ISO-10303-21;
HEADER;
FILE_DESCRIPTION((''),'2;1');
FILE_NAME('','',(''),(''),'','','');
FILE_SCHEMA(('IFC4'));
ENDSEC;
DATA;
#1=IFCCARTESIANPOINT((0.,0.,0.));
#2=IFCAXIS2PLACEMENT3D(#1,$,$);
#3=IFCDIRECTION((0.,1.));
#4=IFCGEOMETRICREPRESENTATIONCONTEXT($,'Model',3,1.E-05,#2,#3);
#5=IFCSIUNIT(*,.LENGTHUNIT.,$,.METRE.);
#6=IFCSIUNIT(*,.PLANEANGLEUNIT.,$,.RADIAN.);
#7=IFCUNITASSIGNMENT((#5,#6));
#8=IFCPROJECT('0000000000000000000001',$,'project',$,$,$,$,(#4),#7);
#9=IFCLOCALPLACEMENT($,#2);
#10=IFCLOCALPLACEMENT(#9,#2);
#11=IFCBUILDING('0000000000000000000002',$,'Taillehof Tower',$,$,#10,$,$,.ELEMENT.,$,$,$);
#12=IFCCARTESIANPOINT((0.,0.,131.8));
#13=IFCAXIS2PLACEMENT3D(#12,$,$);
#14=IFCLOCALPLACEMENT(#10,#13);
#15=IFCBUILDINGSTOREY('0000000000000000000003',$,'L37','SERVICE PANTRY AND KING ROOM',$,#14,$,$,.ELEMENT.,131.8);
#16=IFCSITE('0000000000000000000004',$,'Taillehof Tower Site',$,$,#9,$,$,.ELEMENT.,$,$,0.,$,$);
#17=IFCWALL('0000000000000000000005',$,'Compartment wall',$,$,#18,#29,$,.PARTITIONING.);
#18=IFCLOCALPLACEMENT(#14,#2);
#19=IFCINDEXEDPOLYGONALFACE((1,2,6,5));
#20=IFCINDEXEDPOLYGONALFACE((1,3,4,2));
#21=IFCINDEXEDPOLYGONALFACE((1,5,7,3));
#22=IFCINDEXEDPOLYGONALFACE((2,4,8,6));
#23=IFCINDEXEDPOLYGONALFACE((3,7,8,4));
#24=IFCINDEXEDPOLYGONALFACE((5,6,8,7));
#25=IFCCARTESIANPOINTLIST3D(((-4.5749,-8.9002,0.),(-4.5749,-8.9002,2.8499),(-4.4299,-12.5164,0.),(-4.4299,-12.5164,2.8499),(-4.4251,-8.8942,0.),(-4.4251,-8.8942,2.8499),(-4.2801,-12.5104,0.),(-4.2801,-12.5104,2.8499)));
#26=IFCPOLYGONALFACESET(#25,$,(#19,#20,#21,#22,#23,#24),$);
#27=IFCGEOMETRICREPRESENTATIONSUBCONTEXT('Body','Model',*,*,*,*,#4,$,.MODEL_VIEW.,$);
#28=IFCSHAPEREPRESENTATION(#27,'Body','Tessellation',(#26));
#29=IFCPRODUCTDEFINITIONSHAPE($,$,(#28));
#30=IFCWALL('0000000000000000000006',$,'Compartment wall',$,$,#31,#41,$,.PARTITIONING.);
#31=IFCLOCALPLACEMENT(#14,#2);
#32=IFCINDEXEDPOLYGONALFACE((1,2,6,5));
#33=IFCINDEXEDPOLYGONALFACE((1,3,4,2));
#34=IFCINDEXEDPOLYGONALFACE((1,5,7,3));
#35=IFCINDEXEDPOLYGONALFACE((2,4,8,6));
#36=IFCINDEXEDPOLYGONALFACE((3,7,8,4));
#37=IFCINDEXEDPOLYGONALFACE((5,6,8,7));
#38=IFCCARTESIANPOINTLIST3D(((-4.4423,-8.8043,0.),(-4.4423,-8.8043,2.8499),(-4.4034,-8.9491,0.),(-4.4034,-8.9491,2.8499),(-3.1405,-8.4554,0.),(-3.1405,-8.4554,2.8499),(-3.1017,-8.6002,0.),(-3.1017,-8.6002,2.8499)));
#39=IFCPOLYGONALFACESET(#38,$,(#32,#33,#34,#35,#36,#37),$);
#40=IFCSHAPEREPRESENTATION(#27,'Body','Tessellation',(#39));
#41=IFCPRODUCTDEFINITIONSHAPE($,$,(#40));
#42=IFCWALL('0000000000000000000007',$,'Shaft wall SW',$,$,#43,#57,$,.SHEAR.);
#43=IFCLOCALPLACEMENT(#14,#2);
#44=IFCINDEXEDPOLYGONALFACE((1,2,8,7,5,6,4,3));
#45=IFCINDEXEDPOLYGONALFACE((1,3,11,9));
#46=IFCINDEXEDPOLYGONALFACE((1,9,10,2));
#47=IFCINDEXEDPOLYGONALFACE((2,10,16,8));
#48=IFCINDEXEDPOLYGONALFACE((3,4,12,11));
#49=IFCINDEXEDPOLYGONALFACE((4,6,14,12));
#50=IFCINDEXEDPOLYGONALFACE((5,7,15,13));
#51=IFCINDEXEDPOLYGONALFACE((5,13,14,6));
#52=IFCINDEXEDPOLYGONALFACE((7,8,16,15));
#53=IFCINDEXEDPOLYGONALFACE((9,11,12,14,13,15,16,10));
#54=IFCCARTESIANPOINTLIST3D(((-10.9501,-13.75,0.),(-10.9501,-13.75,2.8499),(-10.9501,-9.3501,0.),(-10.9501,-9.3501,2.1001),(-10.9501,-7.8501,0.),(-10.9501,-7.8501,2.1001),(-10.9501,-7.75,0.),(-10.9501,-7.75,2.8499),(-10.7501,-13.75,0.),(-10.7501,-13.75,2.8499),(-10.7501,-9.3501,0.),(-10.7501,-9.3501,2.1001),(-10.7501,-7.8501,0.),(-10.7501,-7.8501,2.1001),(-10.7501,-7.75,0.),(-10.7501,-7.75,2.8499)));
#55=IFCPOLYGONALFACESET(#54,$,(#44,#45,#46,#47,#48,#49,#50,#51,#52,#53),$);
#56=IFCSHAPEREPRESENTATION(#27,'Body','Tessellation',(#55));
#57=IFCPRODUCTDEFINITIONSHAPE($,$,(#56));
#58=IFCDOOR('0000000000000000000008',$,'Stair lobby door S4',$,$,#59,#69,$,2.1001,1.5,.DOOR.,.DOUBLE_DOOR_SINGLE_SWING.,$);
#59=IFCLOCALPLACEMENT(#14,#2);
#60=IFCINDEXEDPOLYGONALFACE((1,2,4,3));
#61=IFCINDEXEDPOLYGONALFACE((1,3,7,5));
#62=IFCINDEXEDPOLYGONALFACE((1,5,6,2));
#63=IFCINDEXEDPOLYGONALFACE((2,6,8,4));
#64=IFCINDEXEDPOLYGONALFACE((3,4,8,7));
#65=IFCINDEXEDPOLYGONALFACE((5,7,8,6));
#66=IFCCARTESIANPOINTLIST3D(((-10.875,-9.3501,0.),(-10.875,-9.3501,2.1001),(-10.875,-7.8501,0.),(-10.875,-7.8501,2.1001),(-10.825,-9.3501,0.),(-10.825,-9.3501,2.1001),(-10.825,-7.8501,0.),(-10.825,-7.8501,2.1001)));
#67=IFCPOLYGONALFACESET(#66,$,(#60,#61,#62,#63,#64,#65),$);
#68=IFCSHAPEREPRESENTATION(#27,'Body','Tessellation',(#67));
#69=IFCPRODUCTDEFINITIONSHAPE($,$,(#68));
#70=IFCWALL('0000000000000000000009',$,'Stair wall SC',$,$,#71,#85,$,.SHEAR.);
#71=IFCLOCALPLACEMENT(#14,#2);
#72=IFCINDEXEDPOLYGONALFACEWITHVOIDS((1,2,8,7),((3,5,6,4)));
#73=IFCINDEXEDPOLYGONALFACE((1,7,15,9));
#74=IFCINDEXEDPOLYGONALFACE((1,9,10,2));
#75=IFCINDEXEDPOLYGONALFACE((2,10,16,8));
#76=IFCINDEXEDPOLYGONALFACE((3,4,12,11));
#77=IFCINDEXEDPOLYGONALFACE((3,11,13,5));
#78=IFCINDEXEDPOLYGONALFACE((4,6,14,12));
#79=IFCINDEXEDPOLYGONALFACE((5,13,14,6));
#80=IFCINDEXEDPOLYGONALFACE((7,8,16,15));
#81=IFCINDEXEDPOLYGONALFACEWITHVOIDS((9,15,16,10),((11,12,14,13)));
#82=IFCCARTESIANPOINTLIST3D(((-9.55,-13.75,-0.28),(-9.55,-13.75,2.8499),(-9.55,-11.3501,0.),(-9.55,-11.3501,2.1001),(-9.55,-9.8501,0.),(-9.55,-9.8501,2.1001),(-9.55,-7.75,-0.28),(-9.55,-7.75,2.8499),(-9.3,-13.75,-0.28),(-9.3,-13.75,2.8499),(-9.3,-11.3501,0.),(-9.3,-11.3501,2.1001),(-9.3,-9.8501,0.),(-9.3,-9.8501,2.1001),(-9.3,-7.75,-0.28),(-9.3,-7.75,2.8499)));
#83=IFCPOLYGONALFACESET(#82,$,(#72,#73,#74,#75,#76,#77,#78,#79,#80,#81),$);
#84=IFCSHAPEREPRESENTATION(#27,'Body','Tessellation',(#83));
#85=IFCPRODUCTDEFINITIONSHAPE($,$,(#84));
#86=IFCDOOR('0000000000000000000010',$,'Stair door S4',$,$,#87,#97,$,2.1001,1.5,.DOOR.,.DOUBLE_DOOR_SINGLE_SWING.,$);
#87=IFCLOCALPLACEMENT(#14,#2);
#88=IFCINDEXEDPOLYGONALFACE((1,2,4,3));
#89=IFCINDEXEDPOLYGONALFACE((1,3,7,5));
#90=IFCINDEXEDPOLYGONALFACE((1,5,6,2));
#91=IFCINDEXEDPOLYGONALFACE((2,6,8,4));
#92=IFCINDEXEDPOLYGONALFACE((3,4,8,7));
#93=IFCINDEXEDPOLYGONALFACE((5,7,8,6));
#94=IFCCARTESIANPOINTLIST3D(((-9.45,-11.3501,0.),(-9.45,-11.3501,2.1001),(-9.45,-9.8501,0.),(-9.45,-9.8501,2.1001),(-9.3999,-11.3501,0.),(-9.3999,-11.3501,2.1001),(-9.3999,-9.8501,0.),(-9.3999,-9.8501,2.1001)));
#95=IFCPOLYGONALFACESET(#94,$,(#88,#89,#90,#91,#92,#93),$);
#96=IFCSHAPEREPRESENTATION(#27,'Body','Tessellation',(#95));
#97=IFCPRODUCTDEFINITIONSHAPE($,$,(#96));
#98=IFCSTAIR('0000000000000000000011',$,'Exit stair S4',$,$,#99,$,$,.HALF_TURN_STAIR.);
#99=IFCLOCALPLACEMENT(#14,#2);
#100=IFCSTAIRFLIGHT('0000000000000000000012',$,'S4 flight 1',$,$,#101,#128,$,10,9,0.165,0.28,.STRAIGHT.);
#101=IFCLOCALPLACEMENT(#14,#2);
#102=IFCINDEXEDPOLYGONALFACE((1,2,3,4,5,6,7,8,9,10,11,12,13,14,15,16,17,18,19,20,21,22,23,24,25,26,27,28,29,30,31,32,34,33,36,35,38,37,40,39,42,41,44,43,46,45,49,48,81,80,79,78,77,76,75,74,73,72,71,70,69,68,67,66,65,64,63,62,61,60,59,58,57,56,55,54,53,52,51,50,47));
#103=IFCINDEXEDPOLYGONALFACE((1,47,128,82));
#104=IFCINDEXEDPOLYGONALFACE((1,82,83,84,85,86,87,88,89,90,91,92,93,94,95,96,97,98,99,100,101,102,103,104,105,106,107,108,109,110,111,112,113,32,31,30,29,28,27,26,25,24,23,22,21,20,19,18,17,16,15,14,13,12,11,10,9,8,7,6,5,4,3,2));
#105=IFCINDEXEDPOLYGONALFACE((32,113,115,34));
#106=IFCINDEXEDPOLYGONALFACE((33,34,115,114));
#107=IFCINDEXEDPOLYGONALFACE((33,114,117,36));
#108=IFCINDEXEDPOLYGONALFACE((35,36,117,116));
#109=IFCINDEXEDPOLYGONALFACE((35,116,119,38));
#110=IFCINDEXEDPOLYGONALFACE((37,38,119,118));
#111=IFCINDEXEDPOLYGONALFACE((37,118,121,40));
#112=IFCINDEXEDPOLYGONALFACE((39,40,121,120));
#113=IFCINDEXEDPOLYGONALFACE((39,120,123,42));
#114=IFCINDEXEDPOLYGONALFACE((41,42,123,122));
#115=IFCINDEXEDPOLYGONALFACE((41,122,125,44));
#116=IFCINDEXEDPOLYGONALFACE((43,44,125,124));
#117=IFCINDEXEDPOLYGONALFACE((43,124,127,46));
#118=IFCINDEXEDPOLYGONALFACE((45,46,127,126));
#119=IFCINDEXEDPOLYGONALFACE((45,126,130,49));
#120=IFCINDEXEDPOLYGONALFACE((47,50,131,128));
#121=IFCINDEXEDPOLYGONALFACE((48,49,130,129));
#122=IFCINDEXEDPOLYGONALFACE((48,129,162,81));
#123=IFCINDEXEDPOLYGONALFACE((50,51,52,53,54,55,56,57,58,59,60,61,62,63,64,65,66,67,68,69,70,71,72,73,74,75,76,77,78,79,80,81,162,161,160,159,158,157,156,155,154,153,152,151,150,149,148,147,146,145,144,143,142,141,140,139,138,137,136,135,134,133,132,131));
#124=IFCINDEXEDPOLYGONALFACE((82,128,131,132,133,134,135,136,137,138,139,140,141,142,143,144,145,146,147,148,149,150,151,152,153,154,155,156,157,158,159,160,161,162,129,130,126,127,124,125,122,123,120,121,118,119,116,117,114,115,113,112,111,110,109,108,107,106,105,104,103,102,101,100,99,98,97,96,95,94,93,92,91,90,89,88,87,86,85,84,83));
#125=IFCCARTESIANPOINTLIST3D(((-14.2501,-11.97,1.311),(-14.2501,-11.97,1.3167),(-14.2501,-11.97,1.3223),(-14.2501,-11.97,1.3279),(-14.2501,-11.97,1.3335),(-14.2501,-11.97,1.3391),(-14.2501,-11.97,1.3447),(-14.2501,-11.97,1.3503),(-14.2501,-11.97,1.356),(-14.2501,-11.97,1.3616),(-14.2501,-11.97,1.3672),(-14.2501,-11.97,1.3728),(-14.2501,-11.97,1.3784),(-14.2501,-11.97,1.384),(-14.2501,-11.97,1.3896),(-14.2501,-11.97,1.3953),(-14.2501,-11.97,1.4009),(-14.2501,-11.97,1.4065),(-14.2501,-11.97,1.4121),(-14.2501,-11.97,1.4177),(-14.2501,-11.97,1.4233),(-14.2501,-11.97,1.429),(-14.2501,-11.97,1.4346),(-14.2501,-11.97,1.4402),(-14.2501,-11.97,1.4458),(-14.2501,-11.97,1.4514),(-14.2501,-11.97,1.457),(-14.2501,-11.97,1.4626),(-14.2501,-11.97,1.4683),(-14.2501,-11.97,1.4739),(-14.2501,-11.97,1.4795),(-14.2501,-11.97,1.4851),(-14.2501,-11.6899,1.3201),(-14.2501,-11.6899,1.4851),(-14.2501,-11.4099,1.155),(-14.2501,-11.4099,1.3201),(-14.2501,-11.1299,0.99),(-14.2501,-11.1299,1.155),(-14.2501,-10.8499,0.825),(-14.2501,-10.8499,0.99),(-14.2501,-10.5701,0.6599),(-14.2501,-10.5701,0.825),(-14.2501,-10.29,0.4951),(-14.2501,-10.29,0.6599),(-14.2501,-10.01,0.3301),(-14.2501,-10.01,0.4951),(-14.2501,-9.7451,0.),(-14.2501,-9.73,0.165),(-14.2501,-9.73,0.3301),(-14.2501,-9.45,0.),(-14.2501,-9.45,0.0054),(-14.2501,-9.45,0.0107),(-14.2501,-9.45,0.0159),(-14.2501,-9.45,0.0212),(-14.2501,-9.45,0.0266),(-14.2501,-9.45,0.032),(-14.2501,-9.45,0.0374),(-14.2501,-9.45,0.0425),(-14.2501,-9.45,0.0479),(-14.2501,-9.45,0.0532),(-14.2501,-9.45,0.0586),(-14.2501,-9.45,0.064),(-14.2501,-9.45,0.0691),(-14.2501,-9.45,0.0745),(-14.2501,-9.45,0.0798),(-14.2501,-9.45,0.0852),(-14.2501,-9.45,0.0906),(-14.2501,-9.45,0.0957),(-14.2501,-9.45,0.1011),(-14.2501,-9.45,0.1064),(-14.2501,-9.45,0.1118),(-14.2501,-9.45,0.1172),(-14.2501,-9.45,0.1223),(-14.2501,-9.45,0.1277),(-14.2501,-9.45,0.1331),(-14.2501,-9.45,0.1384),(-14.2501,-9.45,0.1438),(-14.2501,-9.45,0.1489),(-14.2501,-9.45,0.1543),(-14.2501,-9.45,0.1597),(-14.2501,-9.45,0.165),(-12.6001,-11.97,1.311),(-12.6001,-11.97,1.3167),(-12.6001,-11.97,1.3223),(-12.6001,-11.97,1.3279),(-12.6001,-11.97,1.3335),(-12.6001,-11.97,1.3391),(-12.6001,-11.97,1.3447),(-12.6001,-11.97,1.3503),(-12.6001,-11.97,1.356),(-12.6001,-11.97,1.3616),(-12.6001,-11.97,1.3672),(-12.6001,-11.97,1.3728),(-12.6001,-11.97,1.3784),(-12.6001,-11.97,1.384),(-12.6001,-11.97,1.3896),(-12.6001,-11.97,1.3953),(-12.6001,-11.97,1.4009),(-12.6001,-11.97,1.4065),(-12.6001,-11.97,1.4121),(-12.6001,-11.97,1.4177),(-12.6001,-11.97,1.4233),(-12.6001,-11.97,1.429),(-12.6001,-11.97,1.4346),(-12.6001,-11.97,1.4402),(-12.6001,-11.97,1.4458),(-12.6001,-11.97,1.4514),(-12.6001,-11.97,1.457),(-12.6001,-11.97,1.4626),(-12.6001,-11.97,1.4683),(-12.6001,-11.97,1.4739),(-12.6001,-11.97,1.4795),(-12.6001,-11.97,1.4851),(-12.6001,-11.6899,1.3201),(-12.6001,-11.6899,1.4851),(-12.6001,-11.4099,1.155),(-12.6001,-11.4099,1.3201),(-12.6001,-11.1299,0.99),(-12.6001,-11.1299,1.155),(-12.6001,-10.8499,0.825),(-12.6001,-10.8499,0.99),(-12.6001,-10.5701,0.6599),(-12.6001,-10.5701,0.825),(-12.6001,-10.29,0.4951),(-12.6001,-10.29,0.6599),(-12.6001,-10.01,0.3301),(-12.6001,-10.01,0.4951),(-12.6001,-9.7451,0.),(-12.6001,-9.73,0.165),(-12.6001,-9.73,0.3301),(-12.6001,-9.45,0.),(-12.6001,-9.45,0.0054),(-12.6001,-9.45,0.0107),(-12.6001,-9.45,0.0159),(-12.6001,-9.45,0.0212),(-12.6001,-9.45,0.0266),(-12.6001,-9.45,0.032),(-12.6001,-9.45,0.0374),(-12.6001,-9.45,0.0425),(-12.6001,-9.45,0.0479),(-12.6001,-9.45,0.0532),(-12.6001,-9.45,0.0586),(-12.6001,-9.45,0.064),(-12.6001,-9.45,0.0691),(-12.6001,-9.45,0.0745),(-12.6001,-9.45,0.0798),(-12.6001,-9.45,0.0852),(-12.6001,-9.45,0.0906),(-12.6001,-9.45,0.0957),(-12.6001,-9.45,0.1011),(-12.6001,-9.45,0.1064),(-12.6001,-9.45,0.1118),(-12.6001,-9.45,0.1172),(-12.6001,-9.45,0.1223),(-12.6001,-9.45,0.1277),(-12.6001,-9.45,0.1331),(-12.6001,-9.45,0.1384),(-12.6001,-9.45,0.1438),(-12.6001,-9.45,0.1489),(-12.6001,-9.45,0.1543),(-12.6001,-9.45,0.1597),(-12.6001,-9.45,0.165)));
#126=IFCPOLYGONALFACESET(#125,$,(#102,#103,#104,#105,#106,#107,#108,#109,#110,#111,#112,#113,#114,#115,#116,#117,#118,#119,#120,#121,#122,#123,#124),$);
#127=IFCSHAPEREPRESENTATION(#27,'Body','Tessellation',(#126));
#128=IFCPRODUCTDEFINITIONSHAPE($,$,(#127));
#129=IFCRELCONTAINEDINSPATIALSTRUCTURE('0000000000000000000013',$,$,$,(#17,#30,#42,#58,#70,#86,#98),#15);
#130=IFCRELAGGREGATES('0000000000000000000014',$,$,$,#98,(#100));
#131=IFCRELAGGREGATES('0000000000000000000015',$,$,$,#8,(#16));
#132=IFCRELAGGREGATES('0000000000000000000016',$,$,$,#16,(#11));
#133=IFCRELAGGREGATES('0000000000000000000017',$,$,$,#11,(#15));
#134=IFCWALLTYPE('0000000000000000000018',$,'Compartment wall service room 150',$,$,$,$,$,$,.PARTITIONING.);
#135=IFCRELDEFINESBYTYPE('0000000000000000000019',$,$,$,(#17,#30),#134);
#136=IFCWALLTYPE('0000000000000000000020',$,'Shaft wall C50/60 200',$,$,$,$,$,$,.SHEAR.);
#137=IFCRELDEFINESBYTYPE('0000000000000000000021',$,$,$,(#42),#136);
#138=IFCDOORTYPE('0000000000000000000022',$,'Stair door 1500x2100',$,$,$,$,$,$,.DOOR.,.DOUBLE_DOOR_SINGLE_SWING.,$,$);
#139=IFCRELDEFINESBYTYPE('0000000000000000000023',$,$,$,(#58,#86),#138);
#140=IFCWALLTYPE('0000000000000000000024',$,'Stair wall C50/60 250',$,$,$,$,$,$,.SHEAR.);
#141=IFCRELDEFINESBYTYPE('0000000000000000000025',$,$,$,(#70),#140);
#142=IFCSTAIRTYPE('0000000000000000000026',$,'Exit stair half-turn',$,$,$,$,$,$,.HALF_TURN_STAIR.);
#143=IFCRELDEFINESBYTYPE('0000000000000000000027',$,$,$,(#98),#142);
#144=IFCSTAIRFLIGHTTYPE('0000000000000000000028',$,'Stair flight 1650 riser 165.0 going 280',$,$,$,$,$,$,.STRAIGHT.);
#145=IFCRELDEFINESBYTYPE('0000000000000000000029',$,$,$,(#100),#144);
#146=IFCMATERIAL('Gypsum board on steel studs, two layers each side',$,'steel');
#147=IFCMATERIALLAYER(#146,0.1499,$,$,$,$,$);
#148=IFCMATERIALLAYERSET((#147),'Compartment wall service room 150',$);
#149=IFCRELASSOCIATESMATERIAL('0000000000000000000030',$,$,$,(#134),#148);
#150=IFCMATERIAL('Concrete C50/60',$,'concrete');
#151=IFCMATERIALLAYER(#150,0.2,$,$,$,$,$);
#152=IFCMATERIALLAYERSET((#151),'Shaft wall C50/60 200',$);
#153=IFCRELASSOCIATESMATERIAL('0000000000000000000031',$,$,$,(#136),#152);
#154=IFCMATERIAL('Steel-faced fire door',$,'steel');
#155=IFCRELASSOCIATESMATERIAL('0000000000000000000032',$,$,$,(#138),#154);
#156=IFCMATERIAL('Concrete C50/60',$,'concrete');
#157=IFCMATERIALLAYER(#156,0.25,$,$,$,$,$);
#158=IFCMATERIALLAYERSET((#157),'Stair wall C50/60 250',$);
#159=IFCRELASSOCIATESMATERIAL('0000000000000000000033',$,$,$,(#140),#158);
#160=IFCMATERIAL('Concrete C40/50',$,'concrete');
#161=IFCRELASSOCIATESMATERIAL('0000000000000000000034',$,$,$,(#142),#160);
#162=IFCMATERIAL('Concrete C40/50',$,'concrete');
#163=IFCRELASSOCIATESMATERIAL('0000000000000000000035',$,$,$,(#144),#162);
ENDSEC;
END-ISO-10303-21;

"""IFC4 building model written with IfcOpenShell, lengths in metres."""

from ifc_helpers import new_model, si_unit, direction, frame, frame_2d, origin, place, context, subcontext, project, spatial, polyline, rectangle, outline, extrude, material, layer, layer_set, type_object, element, fill, aggregate, save


model = new_model("IFC4")

# Units and contexts
model_context = context("Model", 3, precision=1e-05, world=origin(), true_north=direction((0.0, 1.0)))
body_context = subcontext(model_context, "Body", "Model", "MODEL_VIEW")
ifc_project = project(units=[si_unit("LENGTHUNIT", "METRE"), si_unit("PLANEANGLEUNIT", "RADIAN")], contexts=[model_context])

# Site, building, storey
site_placement = place(None, origin())
site = spatial("IfcSite", under=ifc_project, at=site_placement, Name="Taillehof Tower Site", CompositionType="ELEMENT", RefElevation=0.0)
building_placement = place(site_placement, origin())
building = spatial("IfcBuilding", under=site, at=building_placement, Name="Taillehof Tower", CompositionType="ELEMENT")
storey_placement = place(building_placement, frame((0.0, 0.0, 131.8)))
storey = spatial("IfcBuildingStorey", under=building, at=storey_placement, Name="L37", Description="SERVICE PANTRY AND KING ROOM", CompositionType="ELEMENT", Elevation=131.8)

# Walls
ifc_material_1 = material(Name="Gypsum board on steel studs, two layers each side", Category="steel")
ifc_layer_1 = layer(ifc_material_1, 0.1499)
ifc_layer_set_1 = layer_set([ifc_layer_1], Name="Compartment wall service room 150")
wall_type_1 = type_object("IfcWallType", Name="Compartment wall service room 150", PredefinedType="PARTITIONING", material=ifc_layer_set_1)
wall_1_placement = place(storey_placement, frame((-4.355, -12.5134, 0.0), z_axis=(0.0, 0.0, 1.0), x_axis=(-0.04007, 0.999197, 0.0)))
element("IfcWall", 1, at=wall_1_placement, inside=storey, type_object=wall_type_1, Name="Compartment wall", PredefinedType="PARTITIONING", context=body_context, shape_type="SweptSolid", body=[
    extrude(rectangle(XDim=3.6191, YDim=0.1499, at=frame_2d((1.8096, 0.0))), origin(), (0.0, 0.0, 1.0), 2.8499),
])
wall_2_placement = place(storey_placement, frame((-4.4229, -8.8767, 0.0), z_axis=(0.0, 0.0, 1.0), x_axis=(0.965912, 0.258869, 0.0)))
element("IfcWall", 2, at=wall_2_placement, inside=storey, type_object=wall_type_1, Name="Compartment wall", PredefinedType="PARTITIONING", context=body_context, shape_type="SweptSolid", body=[
    extrude(rectangle(XDim=1.3477, YDim=0.1499, at=frame_2d((0.6738, 0.0))), origin(), (0.0, 0.0, 1.0), 2.8499),
])

# Walls, openings, doors
ifc_material_2 = material(Name="Concrete C50/60", Category="concrete")
ifc_layer_2 = layer(ifc_material_2, 0.2)
ifc_layer_set_2 = layer_set([ifc_layer_2], Name="Shaft wall C50/60 200")
wall_type_2 = type_object("IfcWallType", Name="Shaft wall C50/60 200", PredefinedType="SHEAR", material=ifc_layer_set_2)
wall_3_placement = place(storey_placement, frame((-10.8501, -13.75, 0.0), z_axis=(0.0, 0.0, 1.0), x_axis=(0.0, 1.0, 0.0)))
wall_3 = element("IfcWall", 3, at=wall_3_placement, inside=storey, type_object=wall_type_2, Name="Shaft wall SW", PredefinedType="SHEAR", context=body_context, shape_type="SweptSolid", body=[
    extrude(rectangle(XDim=6.0, YDim=0.2, at=frame_2d((3.0, 0.0))), origin(), (0.0, 0.0, 1.0), 2.8499),
])
opening_1_placement = place(wall_3_placement, frame((4.3999, 0.0, 0.0)))
opening_1 = element("IfcOpeningElement", 4, at=opening_1_placement, cuts=wall_3, PredefinedType="OPENING", context=body_context, shape_type="SweptSolid", body=[
    extrude(rectangle(XDim=1.5, YDim=2.1001, at=frame_2d((0.75, 1.05))), frame((0.0, 0.1099, 0.0), z_axis=(0.0, -1.0, 0.0), x_axis=(1.0, 0.0, 0.0)), (0.0, 0.0, 1.0), 0.22),
])
ifc_material_3 = material(Name="Steel-faced fire door", Category="steel")
door_type = type_object("IfcDoorType", Name="Stair door 1500x2100", OperationType="DOUBLE_DOOR_SINGLE_SWING", PredefinedType="DOOR", material=ifc_material_3)
door_1_placement = place(opening_1_placement, origin())
door_1 = element("IfcDoor", 5, at=door_1_placement, inside=storey, type_object=door_type, Name="Stair lobby door S4", OperationType="DOUBLE_DOOR_SINGLE_SWING", OverallHeight=2.1001, OverallWidth=1.5, PredefinedType="DOOR", context=body_context, shape_type="SweptSolid", body=[
    extrude(rectangle(XDim=1.5, YDim=2.1001, at=frame_2d((0.75, 1.05))), frame((0.0, 0.0249, 0.0), z_axis=(0.0, -1.0, 0.0), x_axis=(1.0, 0.0, 0.0)), (0.0, 0.0, 1.0), 0.05),
])
fill(opening_1, door_1)
ifc_material_4 = material(Name="Concrete C50/60", Category="concrete")
ifc_layer_3 = layer(ifc_material_4, 0.25)
ifc_layer_set_3 = layer_set([ifc_layer_3], Name="Stair wall C50/60 250")
wall_type_3 = type_object("IfcWallType", Name="Stair wall C50/60 250", PredefinedType="SHEAR", material=ifc_layer_set_3)
wall_4_placement = place(storey_placement, frame((-9.425, -13.75, -0.28), z_axis=(0.0, 0.0, 1.0), x_axis=(0.0, 1.0, 0.0)))
wall_4 = element("IfcWall", 6, at=wall_4_placement, inside=storey, type_object=wall_type_3, Name="Stair wall SC", PredefinedType="SHEAR", context=body_context, shape_type="SweptSolid", body=[
    extrude(rectangle(XDim=6.0, YDim=0.25, at=frame_2d((3.0, 0.0))), origin(), (0.0, 0.0, 1.0), 3.1299),
])
opening_2_placement = place(wall_4_placement, frame((2.3999, 0.0, 0.28)))
opening_2 = element("IfcOpeningElement", 7, at=opening_2_placement, cuts=wall_4, PredefinedType="OPENING", context=body_context, shape_type="SweptSolid", body=[
    extrude(rectangle(XDim=1.5, YDim=2.1001, at=frame_2d((0.75, 1.05))), frame((0.0, 0.135, 0.0), z_axis=(0.0, -1.0, 0.0), x_axis=(1.0, 0.0, 0.0)), (0.0, 0.0, 1.0), 0.27),
])
door_2_placement = place(opening_2_placement, origin())
door_2 = element("IfcDoor", 8, at=door_2_placement, inside=storey, type_object=door_type, Name="Stair door S4", OperationType="DOUBLE_DOOR_SINGLE_SWING", OverallHeight=2.1001, OverallWidth=1.5, PredefinedType="DOOR", context=body_context, shape_type="SweptSolid", body=[
    extrude(rectangle(XDim=1.5, YDim=2.1001, at=frame_2d((0.75, 1.05))), frame((0.0, 0.0249, 0.0), z_axis=(0.0, -1.0, 0.0), x_axis=(1.0, 0.0, 0.0)), (0.0, 0.0, 1.0), 0.05),
])
fill(opening_2, door_2)

# Stair, stair flight
ifc_material_5 = material(Name="Concrete C40/50", Category="concrete")
stair_type = type_object("IfcStairType", Name="Exit stair half-turn", PredefinedType="HALF_TURN_STAIR", material=ifc_material_5)
stair_placement = place(storey_placement, origin())
stair = element("IfcStair", 9, at=stair_placement, inside=storey, type_object=stair_type, Name="Exit stair S4", PredefinedType="HALF_TURN_STAIR")
ifc_material_6 = material(Name="Concrete C40/50", Category="concrete")
stair_flight_type = type_object("IfcStairFlightType", Name="Stair flight 1650 riser 165.0 going 280", PredefinedType="STRAIGHT", material=ifc_material_6)
stair_flight_1_placement = place(storey_placement, frame((-13.425, -9.45, 0.0), z_axis=(0.0, 0.0, 1.0), x_axis=(0.0, -1.0, 0.0)))
stair_flight_1 = element("IfcStairFlight", 10, at=stair_flight_1_placement, type_object=stair_flight_type, Name="S4 flight 1", NumberOfRisers=10, NumberOfTreads=9, PredefinedType="STRAIGHT", RiserHeight=0.165, TreadLength=0.28, context=body_context, shape_type="SweptSolid", body=[
    extrude(outline(polyline([(0.0, 0.0), (0.0, 0.0054), (0.0, 0.0107), (0.0, 0.0159), (0.0, 0.0212), (0.0, 0.0266), (0.0, 0.032), (0.0, 0.0374), (0.0, 0.0425), (0.0, 0.0479), (0.0, 0.0532), (0.0, 0.0586), (0.0, 0.064), (0.0, 0.0691), (0.0, 0.0745), (0.0, 0.0798), (0.0, 0.0852), (0.0, 0.0906), (0.0, 0.0957), (0.0, 0.1011), (0.0, 0.1064), (0.0, 0.1118), (0.0, 0.1172), (0.0, 0.1223), (0.0, 0.1277), (0.0, 0.1331), (0.0, 0.1384), (0.0, 0.1438), (0.0, 0.1489), (0.0, 0.1543), (0.0, 0.1597), (0.0, 0.165), (0.28, 0.165), (0.28, 0.3301), (0.5601, 0.3301), (0.5601, 0.4951), (0.8401, 0.4951), (0.8401, 0.6599), (1.1201, 0.6599), (1.1201, 0.825), (1.3999, 0.825), (1.3999, 0.99), (1.6799, 0.99), (1.6799, 1.155), (1.96, 1.155), (1.96, 1.3201), (2.24, 1.3201), (2.24, 1.4851), (2.52, 1.4851), (2.52, 1.4795), (2.52, 1.4739), (2.52, 1.4683), (2.52, 1.4626), (2.52, 1.457), (2.52, 1.4514), (2.52, 1.4458), (2.52, 1.4402), (2.52, 1.4346), (2.52, 1.429), (2.52, 1.4233), (2.52, 1.4177), (2.52, 1.4121), (2.52, 1.4065), (2.52, 1.4009), (2.52, 1.3953), (2.52, 1.3896), (2.52, 1.384), (2.52, 1.3784), (2.52, 1.3728), (2.52, 1.3672), (2.52, 1.3616), (2.52, 1.356), (2.52, 1.3503), (2.52, 1.3447), (2.52, 1.3391), (2.52, 1.3335), (2.52, 1.3279), (2.52, 1.3223), (2.52, 1.3167), (2.52, 1.311), (0.2952, 0.0), (0.0, 0.0)])), frame((0.0, 0.825, 0.0), z_axis=(0.0, -1.0, 0.0), x_axis=(1.0, 0.0, 0.0)), (0.0, 0.0, 1.0), 1.65),
])
aggregate(stair, [stair_flight_1])

save(model, "model.ifc")
